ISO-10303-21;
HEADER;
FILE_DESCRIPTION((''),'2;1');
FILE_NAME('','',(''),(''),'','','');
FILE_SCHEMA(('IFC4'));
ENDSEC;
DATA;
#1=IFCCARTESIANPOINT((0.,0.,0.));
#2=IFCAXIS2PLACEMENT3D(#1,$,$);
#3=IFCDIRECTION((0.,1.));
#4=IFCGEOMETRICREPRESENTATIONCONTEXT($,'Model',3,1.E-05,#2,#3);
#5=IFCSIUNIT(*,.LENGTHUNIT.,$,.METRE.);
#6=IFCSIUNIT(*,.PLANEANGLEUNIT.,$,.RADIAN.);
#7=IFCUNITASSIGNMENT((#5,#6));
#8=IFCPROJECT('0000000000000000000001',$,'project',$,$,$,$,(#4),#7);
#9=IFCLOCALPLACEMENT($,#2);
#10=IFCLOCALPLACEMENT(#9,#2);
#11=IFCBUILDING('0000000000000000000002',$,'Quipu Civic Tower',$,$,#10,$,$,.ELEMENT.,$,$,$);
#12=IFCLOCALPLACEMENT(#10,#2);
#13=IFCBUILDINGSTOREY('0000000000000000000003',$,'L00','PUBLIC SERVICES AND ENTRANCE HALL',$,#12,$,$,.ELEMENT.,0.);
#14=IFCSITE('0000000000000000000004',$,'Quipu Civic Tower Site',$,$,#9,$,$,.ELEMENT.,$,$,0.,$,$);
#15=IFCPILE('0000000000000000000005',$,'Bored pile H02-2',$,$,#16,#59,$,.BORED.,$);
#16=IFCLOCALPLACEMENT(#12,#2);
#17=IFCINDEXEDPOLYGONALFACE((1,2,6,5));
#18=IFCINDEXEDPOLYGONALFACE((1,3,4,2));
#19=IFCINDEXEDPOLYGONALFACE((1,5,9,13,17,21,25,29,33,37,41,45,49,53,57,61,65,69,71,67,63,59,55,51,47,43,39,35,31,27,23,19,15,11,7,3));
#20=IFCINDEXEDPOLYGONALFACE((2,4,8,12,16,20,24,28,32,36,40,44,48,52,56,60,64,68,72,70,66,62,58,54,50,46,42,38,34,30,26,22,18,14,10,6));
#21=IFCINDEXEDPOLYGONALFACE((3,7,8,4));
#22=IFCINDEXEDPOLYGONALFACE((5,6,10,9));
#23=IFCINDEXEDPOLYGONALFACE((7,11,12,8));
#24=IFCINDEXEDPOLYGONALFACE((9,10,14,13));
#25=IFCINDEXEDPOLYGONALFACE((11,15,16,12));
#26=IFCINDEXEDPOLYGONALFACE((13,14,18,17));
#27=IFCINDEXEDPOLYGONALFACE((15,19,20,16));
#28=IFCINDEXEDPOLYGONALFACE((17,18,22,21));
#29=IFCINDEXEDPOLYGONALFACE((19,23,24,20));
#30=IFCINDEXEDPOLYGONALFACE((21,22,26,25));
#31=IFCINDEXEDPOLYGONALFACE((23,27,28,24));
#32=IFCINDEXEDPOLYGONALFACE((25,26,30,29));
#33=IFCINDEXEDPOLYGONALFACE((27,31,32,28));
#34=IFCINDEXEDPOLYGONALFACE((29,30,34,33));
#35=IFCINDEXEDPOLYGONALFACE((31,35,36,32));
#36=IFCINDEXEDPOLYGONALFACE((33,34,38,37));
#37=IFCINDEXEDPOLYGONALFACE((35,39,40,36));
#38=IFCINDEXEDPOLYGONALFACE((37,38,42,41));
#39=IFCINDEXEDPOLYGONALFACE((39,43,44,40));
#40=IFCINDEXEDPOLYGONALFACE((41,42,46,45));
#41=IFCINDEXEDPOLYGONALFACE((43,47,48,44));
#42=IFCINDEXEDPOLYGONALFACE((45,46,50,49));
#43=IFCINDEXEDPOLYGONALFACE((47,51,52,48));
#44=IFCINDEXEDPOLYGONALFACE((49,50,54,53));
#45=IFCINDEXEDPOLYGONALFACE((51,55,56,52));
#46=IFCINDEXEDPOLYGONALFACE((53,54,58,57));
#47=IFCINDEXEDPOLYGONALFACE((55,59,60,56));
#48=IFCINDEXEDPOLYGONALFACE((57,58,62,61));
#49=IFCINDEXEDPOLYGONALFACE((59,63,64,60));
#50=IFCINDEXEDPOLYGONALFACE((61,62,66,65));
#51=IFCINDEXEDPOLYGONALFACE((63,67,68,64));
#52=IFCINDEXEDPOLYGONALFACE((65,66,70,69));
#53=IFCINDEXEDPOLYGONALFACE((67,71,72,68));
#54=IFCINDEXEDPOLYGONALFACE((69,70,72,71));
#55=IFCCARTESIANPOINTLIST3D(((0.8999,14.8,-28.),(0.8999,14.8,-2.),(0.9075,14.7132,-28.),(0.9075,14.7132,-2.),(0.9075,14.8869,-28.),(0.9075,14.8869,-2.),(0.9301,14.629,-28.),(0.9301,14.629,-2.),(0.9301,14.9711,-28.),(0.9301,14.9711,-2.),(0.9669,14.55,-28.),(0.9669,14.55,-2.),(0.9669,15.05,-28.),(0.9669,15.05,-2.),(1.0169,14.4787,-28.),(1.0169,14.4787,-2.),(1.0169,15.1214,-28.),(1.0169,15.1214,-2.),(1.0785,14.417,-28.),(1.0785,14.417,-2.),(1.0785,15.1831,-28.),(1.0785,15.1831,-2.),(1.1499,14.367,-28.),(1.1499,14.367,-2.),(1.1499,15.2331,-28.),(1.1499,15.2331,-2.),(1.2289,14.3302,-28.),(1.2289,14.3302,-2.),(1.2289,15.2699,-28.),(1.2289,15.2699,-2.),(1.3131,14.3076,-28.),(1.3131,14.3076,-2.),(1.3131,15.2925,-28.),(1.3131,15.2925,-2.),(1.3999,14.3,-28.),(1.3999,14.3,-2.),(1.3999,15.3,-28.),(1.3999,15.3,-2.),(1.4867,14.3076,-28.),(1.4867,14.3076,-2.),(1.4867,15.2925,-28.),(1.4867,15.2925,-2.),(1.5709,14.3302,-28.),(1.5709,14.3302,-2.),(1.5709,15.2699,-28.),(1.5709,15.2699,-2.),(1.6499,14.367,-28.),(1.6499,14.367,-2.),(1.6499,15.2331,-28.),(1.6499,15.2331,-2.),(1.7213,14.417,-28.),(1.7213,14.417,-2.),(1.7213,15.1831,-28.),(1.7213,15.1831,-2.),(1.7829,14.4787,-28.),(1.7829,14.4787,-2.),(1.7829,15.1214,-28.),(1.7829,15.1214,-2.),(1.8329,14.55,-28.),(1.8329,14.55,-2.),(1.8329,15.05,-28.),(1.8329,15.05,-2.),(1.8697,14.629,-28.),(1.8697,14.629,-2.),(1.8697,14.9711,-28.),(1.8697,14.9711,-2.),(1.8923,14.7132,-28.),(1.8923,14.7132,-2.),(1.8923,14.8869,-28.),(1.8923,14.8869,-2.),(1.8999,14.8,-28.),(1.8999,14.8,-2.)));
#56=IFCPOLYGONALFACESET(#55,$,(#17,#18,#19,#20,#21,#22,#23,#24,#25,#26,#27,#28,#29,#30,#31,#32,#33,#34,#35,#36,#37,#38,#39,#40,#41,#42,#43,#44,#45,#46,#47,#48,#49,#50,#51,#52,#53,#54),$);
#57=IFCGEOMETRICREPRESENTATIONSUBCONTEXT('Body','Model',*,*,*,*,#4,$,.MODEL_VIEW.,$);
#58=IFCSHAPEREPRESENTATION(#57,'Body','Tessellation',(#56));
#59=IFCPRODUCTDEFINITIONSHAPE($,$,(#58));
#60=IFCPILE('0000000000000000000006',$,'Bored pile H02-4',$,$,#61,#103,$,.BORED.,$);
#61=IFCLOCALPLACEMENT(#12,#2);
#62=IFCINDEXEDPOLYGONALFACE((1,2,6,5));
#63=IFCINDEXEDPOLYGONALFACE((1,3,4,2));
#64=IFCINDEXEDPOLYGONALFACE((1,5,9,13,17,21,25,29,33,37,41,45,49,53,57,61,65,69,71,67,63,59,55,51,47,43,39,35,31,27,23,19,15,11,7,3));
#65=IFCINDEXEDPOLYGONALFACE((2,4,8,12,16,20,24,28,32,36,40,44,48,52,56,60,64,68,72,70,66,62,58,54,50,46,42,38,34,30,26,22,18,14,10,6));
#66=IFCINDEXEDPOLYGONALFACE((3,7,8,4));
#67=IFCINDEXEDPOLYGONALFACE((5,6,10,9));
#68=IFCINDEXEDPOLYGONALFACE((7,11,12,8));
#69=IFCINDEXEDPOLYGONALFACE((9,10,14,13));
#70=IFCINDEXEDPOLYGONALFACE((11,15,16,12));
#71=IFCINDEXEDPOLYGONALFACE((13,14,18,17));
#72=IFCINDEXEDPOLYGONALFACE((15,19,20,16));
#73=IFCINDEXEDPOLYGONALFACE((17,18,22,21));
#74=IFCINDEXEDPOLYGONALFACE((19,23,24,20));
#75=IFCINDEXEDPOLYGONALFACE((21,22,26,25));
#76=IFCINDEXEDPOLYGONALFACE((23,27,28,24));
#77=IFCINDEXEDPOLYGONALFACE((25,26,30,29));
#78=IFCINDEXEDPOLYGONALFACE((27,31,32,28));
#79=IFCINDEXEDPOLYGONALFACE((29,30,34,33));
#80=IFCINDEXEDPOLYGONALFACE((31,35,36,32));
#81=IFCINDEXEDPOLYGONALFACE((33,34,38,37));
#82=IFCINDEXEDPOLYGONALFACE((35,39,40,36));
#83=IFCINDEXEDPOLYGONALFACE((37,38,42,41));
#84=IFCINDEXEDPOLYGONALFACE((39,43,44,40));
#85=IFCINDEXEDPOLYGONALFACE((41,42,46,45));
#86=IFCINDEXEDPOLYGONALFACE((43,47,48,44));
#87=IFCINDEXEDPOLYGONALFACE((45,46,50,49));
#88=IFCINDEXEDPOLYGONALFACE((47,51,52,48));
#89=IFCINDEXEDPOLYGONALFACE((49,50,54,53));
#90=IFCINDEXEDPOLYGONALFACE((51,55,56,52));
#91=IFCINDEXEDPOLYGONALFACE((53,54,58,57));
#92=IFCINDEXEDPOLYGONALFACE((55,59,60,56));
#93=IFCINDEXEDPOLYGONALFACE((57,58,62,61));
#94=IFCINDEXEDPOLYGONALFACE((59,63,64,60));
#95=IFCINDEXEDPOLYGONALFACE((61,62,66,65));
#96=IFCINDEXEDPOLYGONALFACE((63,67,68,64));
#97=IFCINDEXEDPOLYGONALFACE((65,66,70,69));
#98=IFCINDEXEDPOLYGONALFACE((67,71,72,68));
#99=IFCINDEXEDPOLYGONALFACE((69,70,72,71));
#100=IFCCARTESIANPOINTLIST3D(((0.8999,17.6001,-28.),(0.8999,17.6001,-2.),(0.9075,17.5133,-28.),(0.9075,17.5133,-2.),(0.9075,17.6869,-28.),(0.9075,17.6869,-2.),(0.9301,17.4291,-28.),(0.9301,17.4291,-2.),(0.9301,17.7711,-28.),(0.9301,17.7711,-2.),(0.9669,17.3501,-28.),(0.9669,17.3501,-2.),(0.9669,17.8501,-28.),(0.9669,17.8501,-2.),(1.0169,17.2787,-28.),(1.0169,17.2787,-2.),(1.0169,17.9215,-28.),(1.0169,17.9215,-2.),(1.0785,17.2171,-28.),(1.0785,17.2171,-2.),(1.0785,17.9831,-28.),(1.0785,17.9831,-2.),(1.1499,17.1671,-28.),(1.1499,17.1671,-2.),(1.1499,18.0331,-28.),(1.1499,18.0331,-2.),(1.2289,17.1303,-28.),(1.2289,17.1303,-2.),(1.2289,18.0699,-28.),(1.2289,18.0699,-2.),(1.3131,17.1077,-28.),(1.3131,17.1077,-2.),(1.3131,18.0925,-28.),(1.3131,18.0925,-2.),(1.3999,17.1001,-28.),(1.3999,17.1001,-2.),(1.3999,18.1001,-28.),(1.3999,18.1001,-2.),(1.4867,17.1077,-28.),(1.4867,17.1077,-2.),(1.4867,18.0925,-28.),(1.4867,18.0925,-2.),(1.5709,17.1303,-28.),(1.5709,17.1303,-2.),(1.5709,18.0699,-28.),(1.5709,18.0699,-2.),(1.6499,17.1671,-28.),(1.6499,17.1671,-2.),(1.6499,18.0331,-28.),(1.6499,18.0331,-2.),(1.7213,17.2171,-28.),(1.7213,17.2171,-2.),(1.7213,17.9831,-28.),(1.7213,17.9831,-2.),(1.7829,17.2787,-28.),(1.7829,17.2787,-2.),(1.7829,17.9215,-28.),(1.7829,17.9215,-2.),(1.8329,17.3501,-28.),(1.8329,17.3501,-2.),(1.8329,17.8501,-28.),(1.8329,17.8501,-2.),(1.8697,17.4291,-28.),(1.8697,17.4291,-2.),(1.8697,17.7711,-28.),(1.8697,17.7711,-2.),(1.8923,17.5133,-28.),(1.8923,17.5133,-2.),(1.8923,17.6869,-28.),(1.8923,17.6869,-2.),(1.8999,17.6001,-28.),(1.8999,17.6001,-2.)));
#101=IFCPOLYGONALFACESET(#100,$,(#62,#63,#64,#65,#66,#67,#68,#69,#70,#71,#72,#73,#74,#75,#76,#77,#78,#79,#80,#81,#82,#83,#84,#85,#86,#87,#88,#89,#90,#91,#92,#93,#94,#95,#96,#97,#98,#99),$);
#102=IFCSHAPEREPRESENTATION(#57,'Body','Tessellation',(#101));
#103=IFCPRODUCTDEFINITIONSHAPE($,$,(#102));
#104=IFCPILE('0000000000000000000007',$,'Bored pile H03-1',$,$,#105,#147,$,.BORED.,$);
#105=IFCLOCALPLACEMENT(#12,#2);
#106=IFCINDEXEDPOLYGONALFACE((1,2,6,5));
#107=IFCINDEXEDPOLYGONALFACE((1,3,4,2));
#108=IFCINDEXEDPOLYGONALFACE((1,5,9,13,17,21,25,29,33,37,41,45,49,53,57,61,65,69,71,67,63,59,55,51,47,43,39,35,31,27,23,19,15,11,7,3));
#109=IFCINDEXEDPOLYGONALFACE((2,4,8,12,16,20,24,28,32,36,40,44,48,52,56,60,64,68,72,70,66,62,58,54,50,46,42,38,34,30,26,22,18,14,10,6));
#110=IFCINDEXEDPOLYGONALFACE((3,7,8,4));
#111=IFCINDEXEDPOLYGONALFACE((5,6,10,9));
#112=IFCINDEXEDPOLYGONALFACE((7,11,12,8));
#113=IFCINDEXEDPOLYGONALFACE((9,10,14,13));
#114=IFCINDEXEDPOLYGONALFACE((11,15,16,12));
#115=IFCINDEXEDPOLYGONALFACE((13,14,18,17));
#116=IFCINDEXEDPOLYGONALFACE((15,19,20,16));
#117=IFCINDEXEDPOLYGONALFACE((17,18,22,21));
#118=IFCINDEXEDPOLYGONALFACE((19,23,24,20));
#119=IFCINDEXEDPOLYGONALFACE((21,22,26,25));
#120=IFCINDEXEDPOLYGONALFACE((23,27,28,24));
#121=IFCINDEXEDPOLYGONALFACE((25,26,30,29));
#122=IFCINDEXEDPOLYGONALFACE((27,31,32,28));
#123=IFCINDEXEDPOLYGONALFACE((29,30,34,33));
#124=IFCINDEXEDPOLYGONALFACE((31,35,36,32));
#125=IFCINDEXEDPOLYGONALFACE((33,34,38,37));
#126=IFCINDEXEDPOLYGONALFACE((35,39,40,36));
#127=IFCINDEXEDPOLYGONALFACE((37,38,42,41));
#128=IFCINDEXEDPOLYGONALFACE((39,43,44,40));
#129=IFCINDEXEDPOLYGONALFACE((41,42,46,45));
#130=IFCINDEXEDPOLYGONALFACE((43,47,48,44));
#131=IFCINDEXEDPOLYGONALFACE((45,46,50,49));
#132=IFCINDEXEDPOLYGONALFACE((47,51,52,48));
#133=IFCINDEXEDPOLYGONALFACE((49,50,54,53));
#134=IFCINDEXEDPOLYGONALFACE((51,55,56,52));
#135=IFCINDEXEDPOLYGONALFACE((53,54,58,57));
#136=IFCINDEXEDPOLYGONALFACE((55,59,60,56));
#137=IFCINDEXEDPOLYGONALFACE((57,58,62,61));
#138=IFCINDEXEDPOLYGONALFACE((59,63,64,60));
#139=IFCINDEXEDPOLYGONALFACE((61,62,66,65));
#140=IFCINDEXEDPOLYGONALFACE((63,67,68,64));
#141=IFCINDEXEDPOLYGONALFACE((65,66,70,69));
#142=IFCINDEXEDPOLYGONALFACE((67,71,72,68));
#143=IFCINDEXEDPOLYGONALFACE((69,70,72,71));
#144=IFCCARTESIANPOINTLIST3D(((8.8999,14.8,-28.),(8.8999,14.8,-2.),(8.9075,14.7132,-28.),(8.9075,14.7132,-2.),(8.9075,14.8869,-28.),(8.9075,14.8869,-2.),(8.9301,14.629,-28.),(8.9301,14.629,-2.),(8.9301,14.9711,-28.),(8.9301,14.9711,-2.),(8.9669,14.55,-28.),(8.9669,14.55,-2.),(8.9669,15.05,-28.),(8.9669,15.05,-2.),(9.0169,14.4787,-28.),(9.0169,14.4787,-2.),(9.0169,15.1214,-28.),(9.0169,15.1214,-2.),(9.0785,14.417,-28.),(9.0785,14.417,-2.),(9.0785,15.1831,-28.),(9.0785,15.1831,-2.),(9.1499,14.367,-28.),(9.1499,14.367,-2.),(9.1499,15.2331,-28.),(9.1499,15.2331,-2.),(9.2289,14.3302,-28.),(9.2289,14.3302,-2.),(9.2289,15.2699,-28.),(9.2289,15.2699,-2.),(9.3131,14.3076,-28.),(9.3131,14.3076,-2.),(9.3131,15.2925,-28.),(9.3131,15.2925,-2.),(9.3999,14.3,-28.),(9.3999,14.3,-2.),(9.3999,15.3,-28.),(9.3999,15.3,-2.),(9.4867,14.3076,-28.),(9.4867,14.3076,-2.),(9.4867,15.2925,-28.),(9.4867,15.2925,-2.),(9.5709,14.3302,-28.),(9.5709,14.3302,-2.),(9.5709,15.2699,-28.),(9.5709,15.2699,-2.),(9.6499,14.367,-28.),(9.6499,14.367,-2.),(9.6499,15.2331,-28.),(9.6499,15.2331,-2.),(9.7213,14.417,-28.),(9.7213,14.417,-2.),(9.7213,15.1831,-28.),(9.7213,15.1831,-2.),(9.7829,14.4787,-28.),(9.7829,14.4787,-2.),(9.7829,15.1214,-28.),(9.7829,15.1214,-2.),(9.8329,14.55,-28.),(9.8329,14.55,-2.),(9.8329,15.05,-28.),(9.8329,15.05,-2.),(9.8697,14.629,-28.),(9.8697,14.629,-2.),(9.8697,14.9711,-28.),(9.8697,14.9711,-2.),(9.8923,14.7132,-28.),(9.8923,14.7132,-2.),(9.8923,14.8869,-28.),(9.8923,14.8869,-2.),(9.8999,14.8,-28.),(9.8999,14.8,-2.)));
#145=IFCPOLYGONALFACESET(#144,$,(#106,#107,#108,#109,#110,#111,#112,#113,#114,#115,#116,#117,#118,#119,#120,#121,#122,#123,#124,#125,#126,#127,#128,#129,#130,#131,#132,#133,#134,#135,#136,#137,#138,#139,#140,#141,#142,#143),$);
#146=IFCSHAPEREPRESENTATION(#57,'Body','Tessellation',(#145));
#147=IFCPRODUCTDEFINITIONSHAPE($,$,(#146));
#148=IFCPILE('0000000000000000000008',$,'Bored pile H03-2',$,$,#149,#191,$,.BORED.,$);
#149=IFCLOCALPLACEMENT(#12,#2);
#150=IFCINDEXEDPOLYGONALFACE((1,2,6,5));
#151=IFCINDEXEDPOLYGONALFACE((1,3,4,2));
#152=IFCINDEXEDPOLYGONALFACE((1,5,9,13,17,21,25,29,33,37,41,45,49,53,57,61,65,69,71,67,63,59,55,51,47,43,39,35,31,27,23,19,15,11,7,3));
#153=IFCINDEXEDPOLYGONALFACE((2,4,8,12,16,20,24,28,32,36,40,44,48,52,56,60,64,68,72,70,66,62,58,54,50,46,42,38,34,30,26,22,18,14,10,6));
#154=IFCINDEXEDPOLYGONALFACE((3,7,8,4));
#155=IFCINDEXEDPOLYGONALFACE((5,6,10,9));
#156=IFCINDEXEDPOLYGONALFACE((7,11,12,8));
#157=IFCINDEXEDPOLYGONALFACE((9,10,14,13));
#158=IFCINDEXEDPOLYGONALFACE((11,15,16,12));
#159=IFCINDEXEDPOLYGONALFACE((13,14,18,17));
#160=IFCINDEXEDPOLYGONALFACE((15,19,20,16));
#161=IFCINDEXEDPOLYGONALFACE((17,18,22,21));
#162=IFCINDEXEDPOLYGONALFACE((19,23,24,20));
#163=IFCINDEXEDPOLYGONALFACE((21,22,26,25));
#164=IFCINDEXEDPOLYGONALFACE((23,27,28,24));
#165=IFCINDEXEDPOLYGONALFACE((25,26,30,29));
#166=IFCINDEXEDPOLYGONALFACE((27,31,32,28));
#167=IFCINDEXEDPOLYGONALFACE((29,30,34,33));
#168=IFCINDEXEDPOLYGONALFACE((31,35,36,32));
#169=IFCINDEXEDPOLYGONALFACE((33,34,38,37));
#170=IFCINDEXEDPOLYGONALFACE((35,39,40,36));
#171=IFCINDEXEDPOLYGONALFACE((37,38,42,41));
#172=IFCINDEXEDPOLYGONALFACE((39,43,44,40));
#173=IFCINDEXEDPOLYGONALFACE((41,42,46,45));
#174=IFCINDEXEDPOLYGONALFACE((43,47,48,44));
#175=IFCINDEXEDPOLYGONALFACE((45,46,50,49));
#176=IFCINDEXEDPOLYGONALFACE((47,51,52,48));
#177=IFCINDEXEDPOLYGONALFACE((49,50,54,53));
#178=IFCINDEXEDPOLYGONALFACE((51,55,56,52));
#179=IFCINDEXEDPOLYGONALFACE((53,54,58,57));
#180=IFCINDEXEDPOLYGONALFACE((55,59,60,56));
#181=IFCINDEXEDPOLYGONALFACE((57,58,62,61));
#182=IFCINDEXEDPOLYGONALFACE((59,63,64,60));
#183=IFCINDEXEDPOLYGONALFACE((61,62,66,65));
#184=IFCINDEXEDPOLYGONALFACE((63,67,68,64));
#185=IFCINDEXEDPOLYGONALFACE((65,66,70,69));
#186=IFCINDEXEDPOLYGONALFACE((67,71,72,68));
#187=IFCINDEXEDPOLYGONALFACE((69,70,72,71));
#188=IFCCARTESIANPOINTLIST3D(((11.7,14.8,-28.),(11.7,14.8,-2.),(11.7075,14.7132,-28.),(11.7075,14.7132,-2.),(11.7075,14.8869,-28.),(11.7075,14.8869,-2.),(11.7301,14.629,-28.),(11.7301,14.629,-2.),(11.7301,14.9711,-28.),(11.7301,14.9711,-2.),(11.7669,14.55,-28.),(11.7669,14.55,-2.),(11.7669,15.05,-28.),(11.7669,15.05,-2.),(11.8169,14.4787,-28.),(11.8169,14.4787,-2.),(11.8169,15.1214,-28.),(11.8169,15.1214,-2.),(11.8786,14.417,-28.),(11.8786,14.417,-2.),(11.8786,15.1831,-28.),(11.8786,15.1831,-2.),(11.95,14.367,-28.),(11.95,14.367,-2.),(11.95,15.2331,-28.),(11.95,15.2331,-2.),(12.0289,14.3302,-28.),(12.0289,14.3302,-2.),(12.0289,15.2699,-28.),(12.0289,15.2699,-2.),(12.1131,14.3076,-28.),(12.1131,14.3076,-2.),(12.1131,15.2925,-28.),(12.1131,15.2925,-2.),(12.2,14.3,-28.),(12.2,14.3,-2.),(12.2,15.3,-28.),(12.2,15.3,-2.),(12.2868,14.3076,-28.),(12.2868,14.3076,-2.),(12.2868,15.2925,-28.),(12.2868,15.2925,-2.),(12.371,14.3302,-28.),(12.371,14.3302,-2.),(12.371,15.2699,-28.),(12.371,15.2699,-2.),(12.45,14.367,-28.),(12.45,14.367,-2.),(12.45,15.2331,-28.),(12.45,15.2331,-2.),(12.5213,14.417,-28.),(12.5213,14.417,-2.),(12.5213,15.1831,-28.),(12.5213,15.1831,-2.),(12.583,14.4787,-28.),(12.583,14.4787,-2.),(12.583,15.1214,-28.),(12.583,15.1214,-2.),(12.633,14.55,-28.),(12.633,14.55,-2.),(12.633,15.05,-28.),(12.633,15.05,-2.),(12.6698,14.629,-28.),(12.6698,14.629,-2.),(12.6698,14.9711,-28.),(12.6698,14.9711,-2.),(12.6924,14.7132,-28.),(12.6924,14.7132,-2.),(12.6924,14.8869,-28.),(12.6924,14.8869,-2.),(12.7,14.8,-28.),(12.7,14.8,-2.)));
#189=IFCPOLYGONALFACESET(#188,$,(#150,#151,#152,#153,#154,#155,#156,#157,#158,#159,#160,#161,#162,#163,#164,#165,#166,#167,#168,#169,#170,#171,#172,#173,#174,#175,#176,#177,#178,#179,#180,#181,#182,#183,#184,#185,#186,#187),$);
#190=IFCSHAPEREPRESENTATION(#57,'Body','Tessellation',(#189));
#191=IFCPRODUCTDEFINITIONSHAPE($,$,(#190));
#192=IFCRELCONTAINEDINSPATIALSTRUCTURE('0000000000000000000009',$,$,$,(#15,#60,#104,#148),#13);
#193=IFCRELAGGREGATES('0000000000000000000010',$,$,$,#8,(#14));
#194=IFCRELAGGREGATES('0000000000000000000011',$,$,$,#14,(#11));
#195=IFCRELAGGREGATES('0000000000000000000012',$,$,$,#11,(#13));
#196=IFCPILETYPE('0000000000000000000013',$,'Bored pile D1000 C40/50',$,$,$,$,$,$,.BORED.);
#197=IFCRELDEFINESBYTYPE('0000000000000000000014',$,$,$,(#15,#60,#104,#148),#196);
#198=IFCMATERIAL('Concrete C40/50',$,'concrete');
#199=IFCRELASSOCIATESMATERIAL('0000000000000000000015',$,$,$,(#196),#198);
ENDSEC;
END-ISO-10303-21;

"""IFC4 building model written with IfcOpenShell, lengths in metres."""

from ifc_helpers import new_model, si_unit, direction, frame, origin, origin_2d, place, context, subcontext, project, spatial, circle, extrude, material, material_profile, profile_set, type_object, element, save


model = new_model("IFC4")

# Units and contexts
model_context = context("Model", 3, precision=1e-05, world=origin(), true_north=direction((0.0, 1.0)))
body_context = subcontext(model_context, "Body", "Model", "MODEL_VIEW")
ifc_project = project(units=[si_unit("LENGTHUNIT", "METRE"), si_unit("PLANEANGLEUNIT", "RADIAN")], contexts=[model_context])

# Site, building, storey
site_placement = place(None, origin())
site = spatial("IfcSite", under=ifc_project, at=site_placement, Name="Quipu Civic Tower Site", CompositionType="ELEMENT", RefElevation=0.0)
building_placement = place(site_placement, origin())
building = spatial("IfcBuilding", under=site, at=building_placement, Name="Quipu Civic Tower", CompositionType="ELEMENT")
storey_placement = place(building_placement, origin())
storey = spatial("IfcBuildingStorey", under=building, at=storey_placement, Name="L00", Description="PUBLIC SERVICES AND ENTRANCE HALL", CompositionType="ELEMENT", Elevation=0.0)

# Piles
ifc_material_1 = material(Name="Concrete C40/50", Category="concrete")
ifc_material_profile_1 = material_profile(ifc_material_1, circle(Radius=0.5, at=origin_2d()), Name="RCD1000")
ifc_profile_set_1 = profile_set([ifc_material_profile_1], Name="Concrete C40/50")
pile_type_1 = type_object("IfcPileType", Name="Bored pile D1000 C40/50", PredefinedType="BORED", material=ifc_profile_set_1)
for number, where, z_axis, x_axis, name in (
    (1, (1.3999, 14.8, -2.0), (0.0, 0.0, -1.0), (1.0, 0.0, 0.0), "Bored pile H02-2"),
    (2, (1.3999, 17.6001, -2.0), (0.0, 0.0, -1.0), (1.0, 0.0, 0.0), "Bored pile H02-4"),
    (3, (9.3999, 14.8, -2.0), (0.0, 0.0, -1.0), (1.0, 0.0, 0.0), "Bored pile H03-1"),
    (4, (12.2, 14.8, -2.0), (0.0, 0.0, -1.0), (1.0, 0.0, 0.0), "Bored pile H03-2"),
):
    element("IfcPile", number, at=place(storey_placement, frame(where, z_axis=z_axis, x_axis=x_axis)), inside=storey, type_object=pile_type_1, Name=name, PredefinedType="BORED", context=body_context, shape_type="SweptSolid", body=[
        extrude(circle(Radius=0.5, at=origin_2d()), origin(), (0.0, 0.0, 1.0), 26.0),
    ])

save(model, "model.ifc")
